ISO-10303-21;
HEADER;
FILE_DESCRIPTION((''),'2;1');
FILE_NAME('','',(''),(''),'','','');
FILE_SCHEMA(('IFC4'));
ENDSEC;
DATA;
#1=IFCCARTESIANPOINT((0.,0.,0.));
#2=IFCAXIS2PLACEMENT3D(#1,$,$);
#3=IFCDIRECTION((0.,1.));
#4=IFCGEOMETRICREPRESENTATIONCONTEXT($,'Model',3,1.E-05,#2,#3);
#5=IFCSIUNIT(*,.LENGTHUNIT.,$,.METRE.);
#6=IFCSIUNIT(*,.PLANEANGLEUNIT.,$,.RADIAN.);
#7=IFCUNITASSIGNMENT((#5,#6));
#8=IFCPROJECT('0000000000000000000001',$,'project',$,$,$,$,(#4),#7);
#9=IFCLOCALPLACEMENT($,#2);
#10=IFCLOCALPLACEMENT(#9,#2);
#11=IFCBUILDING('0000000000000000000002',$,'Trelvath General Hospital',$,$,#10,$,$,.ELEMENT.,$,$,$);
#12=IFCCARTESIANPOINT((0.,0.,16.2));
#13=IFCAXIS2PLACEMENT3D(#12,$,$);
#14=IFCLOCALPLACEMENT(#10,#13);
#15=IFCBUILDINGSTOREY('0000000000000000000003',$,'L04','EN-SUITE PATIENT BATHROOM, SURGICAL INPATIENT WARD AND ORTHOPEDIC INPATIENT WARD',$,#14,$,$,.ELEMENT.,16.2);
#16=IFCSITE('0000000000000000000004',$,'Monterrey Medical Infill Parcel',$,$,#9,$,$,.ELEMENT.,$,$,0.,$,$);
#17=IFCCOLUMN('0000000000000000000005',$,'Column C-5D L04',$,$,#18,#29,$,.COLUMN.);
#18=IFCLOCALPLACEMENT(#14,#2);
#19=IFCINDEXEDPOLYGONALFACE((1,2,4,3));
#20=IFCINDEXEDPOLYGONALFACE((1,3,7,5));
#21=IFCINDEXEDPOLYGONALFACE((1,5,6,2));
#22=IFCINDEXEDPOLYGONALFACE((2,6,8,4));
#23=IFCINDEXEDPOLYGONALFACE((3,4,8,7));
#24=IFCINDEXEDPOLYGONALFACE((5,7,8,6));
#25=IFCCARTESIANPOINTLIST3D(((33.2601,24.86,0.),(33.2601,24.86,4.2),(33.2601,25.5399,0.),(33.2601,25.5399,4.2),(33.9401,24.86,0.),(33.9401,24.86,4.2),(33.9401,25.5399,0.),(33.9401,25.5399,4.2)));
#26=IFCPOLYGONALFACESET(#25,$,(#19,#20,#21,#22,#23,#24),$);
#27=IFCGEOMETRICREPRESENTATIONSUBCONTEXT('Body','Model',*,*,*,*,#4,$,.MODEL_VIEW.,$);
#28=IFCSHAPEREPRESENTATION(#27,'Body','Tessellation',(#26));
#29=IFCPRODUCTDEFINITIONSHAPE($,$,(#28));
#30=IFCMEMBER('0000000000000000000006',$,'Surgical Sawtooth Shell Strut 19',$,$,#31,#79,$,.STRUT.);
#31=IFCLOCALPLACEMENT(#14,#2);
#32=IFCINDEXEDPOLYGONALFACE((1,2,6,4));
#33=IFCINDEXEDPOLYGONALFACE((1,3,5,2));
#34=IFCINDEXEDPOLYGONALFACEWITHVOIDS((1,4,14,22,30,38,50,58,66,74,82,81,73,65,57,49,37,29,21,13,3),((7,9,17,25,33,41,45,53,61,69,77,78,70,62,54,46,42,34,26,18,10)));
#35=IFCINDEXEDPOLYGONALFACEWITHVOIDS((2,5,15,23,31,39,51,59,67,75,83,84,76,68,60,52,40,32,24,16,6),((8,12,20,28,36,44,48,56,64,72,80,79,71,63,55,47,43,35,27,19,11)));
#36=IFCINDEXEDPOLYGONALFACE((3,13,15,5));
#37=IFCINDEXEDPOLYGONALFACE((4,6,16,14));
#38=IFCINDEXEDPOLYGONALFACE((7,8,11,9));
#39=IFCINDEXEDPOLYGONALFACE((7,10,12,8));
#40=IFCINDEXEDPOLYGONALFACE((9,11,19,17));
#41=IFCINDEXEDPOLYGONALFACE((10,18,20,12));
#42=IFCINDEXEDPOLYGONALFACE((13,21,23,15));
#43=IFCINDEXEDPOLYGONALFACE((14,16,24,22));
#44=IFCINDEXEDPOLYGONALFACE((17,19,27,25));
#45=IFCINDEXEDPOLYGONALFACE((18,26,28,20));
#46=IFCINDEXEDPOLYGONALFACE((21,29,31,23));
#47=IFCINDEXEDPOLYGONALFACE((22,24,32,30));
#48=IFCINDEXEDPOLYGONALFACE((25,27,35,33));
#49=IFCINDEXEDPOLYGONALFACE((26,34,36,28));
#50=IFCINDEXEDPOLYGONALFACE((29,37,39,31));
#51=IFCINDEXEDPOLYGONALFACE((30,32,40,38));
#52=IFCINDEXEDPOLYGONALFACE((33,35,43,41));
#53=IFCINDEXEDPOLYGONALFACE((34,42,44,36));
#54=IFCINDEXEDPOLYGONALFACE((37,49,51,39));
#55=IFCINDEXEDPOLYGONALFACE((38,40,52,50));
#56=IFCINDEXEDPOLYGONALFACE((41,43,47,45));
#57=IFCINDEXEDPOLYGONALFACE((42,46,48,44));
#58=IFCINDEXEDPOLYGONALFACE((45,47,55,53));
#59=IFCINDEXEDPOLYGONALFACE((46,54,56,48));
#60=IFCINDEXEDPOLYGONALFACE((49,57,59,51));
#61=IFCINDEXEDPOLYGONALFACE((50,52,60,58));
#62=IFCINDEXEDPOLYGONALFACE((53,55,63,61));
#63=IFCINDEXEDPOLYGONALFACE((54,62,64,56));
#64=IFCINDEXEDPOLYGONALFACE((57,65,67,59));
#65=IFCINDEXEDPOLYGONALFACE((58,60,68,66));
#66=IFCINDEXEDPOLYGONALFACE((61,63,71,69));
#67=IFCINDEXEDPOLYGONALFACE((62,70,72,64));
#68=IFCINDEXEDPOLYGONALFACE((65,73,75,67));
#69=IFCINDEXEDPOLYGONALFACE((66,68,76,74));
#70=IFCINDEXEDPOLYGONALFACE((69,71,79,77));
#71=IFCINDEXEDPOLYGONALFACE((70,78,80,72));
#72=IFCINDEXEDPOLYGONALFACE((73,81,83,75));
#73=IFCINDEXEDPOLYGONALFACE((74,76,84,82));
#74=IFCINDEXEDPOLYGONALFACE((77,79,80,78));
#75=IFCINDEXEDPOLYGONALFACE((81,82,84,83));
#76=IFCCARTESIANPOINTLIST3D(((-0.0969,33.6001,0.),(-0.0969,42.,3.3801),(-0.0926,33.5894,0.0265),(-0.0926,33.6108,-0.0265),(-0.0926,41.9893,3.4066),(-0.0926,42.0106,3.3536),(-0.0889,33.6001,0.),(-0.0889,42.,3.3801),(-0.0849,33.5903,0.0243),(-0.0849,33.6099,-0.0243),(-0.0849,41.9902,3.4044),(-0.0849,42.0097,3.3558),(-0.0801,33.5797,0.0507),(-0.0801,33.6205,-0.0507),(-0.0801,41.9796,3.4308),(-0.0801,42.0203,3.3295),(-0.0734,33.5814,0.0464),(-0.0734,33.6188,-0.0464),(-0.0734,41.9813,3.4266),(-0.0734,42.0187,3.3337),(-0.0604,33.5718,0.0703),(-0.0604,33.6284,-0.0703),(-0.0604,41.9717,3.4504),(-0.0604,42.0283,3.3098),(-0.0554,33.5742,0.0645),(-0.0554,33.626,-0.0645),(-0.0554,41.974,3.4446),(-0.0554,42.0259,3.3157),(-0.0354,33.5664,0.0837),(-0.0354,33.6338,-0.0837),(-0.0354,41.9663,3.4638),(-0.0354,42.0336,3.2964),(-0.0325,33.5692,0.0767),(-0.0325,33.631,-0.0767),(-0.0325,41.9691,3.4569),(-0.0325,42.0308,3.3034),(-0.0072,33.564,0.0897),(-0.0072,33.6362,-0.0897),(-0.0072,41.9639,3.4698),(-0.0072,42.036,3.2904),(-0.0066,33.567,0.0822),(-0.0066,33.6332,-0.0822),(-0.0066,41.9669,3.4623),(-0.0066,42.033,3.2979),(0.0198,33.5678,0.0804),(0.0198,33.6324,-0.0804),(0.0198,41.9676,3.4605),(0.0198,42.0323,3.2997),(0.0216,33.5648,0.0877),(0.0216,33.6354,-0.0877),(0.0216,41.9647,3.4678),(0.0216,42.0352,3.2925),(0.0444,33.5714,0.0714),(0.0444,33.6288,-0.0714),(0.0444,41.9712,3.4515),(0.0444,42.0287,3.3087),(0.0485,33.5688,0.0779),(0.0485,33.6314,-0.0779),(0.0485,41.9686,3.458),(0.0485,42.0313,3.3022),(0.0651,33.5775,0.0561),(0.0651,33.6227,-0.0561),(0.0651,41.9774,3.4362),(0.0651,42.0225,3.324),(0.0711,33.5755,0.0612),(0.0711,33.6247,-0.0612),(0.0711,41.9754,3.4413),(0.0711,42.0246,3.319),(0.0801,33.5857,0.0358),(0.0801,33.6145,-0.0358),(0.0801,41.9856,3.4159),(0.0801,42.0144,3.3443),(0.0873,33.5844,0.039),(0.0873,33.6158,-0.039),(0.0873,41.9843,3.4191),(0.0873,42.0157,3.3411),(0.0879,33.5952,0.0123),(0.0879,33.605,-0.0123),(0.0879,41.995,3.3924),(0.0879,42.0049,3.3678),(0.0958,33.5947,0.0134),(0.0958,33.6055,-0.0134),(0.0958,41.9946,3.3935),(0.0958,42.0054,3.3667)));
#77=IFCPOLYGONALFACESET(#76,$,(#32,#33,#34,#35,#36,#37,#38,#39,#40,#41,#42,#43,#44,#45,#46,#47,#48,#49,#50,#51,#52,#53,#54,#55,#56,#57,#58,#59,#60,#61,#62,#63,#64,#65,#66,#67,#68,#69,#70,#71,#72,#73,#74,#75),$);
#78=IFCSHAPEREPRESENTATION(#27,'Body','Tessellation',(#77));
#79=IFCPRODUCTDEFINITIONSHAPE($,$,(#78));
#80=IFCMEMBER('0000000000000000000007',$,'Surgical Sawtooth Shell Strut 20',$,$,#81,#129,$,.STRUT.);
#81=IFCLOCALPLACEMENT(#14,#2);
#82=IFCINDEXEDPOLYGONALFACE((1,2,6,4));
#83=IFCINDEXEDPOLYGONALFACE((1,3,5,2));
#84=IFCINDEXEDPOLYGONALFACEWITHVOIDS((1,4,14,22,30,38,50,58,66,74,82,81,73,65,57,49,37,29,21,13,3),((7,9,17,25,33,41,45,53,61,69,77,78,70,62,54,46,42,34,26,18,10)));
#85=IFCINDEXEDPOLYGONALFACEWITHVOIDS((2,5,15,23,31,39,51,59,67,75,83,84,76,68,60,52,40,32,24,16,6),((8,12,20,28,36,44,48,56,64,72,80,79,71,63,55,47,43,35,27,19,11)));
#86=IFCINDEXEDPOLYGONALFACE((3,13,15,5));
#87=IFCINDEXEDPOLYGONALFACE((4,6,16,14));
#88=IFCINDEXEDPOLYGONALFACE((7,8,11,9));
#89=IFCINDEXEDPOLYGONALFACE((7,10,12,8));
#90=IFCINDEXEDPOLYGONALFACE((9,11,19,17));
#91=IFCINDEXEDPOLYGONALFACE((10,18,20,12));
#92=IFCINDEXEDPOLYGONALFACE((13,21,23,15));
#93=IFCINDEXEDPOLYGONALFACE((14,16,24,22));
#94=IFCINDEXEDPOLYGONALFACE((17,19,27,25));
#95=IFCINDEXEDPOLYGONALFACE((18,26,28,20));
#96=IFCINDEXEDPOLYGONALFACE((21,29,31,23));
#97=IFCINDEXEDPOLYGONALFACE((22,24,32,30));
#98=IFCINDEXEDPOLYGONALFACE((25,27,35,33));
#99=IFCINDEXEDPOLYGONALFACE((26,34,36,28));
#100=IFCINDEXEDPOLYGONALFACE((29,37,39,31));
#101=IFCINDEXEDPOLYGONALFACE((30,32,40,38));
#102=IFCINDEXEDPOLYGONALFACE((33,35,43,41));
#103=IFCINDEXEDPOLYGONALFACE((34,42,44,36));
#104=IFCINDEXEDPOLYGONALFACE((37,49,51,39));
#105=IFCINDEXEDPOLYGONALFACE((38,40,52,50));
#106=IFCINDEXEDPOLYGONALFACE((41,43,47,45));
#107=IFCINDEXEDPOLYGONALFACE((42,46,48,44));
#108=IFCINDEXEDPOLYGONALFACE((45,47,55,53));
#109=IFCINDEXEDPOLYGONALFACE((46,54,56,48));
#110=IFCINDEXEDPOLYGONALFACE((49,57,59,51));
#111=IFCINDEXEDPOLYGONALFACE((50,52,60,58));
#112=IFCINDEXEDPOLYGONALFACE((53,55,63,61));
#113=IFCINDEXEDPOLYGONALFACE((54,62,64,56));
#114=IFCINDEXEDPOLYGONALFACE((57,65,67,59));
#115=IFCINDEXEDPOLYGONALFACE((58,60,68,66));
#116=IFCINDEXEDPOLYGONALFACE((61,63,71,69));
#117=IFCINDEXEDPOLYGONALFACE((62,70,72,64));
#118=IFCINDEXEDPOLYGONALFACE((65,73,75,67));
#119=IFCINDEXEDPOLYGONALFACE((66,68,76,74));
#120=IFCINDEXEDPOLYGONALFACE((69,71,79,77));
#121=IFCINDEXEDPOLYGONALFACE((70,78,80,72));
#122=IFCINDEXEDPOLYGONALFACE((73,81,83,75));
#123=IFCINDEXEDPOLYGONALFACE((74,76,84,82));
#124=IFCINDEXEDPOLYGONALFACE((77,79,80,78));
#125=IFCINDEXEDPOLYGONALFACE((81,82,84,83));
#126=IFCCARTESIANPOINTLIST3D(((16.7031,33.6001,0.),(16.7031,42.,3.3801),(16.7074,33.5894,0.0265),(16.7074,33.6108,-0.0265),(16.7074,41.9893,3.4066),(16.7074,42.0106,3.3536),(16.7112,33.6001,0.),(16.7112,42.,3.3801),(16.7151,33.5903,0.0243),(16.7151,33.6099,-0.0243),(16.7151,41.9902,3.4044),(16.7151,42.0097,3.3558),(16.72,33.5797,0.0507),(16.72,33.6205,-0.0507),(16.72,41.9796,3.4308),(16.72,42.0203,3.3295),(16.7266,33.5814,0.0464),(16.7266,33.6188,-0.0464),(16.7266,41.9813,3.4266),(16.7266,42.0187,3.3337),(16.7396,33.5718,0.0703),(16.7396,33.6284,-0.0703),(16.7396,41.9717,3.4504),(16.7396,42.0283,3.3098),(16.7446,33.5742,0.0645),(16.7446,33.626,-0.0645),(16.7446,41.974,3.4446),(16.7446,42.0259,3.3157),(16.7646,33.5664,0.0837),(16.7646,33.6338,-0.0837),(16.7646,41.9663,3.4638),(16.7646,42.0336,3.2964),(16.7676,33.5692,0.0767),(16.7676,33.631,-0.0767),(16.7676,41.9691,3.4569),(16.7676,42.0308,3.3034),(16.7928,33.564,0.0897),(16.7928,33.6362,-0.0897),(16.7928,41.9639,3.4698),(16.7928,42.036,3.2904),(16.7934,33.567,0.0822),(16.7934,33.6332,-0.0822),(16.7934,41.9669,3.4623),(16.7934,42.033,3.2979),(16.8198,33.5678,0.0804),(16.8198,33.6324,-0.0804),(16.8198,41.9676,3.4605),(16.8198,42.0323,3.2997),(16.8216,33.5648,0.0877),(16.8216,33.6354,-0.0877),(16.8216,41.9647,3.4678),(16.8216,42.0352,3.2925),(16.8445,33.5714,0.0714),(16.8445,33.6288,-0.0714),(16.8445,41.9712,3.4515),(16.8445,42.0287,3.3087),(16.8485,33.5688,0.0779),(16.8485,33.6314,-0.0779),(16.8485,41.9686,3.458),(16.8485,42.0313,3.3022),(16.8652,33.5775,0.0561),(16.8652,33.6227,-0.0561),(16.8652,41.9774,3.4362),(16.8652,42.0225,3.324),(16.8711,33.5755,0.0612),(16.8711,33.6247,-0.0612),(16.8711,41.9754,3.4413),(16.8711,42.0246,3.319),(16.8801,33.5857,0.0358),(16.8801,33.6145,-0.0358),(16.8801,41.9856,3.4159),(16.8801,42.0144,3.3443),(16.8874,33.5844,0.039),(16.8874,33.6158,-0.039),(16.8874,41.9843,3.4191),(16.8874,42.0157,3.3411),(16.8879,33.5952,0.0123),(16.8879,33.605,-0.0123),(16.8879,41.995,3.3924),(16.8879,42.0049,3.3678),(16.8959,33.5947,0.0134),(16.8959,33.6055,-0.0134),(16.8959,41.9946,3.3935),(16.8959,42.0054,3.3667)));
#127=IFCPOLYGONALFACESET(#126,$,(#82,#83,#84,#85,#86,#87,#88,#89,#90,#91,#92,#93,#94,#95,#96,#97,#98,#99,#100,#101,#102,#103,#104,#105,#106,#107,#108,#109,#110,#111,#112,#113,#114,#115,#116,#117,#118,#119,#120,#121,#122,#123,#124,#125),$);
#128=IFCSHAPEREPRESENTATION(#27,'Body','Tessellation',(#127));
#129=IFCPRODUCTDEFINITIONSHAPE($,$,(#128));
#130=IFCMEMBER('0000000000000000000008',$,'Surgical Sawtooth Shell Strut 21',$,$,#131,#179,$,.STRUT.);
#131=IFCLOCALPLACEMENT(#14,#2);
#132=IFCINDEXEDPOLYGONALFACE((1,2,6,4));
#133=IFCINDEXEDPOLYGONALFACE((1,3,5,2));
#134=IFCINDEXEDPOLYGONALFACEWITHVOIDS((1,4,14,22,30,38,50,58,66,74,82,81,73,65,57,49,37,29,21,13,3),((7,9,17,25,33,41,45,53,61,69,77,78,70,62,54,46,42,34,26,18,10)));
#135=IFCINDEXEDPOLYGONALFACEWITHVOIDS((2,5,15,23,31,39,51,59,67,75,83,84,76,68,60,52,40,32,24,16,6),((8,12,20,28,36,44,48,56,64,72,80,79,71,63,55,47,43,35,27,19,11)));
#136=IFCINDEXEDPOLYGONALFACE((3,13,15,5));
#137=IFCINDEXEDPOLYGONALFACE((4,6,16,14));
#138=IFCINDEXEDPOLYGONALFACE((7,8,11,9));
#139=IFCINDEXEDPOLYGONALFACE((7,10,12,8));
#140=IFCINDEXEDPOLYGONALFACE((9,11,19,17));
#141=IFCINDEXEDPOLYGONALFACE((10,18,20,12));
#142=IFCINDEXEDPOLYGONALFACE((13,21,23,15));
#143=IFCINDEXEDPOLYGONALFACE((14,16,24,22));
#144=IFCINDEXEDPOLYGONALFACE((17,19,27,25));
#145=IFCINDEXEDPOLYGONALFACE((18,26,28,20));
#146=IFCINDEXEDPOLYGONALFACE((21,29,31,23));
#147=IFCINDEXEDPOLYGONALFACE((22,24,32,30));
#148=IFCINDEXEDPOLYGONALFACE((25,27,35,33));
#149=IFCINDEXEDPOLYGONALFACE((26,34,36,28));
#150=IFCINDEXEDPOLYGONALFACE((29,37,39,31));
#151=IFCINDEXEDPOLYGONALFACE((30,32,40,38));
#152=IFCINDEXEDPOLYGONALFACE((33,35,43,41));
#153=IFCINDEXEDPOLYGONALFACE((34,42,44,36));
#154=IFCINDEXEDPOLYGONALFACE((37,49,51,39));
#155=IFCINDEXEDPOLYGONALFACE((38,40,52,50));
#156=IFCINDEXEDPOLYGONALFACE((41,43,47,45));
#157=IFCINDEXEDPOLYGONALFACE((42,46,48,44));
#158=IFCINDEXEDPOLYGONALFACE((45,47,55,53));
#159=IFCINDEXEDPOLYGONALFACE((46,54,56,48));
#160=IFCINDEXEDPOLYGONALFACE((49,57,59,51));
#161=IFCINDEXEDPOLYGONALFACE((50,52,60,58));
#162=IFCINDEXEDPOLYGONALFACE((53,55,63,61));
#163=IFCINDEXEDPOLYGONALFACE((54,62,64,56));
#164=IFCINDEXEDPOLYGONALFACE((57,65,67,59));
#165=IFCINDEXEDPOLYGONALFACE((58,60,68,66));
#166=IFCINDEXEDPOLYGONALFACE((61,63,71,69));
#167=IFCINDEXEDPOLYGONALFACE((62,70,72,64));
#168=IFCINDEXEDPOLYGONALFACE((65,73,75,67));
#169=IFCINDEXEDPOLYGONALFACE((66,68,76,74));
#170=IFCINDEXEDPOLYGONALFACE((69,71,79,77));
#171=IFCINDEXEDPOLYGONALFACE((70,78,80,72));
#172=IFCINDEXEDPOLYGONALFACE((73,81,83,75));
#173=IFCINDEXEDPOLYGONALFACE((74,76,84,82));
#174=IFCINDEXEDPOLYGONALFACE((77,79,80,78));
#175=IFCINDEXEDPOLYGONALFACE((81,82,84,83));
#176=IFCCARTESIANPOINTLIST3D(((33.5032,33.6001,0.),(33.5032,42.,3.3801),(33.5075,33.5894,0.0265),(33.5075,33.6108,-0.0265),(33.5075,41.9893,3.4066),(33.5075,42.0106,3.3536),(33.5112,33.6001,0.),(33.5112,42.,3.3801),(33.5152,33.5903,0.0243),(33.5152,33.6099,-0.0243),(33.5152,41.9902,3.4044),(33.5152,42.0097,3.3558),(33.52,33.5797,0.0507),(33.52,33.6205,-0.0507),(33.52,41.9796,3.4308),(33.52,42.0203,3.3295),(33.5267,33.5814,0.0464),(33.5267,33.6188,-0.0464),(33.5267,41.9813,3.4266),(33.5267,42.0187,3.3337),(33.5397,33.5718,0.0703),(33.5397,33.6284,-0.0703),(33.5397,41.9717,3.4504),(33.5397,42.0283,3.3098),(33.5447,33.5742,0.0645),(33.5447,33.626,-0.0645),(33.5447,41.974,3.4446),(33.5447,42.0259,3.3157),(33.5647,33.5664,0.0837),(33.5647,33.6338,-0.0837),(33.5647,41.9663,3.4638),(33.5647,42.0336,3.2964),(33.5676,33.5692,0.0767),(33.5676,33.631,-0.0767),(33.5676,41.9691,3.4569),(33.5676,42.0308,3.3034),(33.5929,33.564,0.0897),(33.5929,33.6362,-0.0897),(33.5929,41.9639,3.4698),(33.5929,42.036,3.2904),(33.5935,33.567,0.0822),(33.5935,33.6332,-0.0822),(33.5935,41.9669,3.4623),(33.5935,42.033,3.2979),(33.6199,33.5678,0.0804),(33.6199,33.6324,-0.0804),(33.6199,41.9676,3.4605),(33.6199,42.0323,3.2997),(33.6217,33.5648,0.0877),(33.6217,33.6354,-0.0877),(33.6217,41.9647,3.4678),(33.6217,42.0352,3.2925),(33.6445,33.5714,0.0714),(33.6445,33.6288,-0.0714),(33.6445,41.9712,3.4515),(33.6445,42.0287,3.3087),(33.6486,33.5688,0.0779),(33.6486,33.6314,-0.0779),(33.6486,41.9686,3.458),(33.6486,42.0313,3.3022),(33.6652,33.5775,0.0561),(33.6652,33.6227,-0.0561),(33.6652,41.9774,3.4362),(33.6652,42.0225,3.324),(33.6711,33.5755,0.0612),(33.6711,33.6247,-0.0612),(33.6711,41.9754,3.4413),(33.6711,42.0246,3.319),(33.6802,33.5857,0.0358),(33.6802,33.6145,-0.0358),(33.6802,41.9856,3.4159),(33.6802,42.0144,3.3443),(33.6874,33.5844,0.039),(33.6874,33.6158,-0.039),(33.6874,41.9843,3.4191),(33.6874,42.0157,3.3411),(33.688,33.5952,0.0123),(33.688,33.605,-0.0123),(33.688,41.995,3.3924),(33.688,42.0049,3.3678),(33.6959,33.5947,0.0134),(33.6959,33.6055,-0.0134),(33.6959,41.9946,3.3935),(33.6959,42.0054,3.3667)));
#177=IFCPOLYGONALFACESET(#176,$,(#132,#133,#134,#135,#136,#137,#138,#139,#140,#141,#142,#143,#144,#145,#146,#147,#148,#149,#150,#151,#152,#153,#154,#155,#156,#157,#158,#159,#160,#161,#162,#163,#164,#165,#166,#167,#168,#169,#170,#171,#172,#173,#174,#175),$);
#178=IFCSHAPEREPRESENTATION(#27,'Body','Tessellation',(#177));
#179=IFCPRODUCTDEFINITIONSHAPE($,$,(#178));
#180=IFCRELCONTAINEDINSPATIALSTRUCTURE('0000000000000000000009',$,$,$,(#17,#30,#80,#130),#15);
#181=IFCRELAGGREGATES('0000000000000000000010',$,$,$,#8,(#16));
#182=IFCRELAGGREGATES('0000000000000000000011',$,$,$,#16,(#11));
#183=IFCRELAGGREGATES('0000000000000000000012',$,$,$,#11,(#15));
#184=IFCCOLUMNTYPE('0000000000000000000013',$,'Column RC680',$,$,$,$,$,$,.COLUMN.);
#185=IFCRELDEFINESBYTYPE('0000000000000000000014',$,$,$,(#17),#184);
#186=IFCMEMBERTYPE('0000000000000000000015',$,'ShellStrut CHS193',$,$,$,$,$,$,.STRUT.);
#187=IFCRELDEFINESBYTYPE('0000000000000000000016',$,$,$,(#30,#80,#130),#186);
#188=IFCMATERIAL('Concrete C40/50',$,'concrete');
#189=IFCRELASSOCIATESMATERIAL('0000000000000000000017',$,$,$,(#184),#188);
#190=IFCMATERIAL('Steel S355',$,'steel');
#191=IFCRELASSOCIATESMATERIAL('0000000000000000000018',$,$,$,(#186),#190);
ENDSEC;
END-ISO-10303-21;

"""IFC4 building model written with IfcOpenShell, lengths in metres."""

from ifc_helpers import new_model, si_unit, direction, frame, origin, origin_2d, place, context, subcontext, project, spatial, rectangle, hollow_circle, extrude, material, material_profile, profile_set, type_object, element, save


model = new_model("IFC4")

# Units and contexts
model_context = context("Model", 3, precision=1e-05, world=origin(), true_north=direction((0.0, 1.0)))
body_context = subcontext(model_context, "Body", "Model", "MODEL_VIEW")
ifc_project = project(units=[si_unit("LENGTHUNIT", "METRE"), si_unit("PLANEANGLEUNIT", "RADIAN")], contexts=[model_context])

# Site, building, storey
site_placement = place(None, origin())
site = spatial("IfcSite", under=ifc_project, at=site_placement, Name="Monterrey Medical Infill Parcel", CompositionType="ELEMENT", RefElevation=0.0)
building_placement = place(site_placement, origin())
building = spatial("IfcBuilding", under=site, at=building_placement, Name="Trelvath General Hospital", CompositionType="ELEMENT")
storey_placement = place(building_placement, frame((0.0, 0.0, 16.2)))
storey = spatial("IfcBuildingStorey", under=building, at=storey_placement, Name="L04", Description="EN-SUITE PATIENT BATHROOM, SURGICAL INPATIENT WARD AND ORTHOPEDIC INPATIENT WARD", CompositionType="ELEMENT", Elevation=16.2)

# Column
ifc_material_1 = material(Name="Concrete C40/50", Category="concrete")
ifc_material_profile_1 = material_profile(ifc_material_1, rectangle(XDim=0.6799, YDim=0.6799, at=origin_2d()), Name="RC680x680")
ifc_profile_set_1 = profile_set([ifc_material_profile_1], Name="Concrete C40/50")
column_type = type_object("IfcColumnType", Name="Column RC680", PredefinedType="COLUMN", material=ifc_profile_set_1)
column_placement = place(storey_placement, frame((33.6001, 25.2, 0.0), z_axis=(0.0, 0.0, 1.0), x_axis=(1.0, 0.0, 0.0)))
element("IfcColumn", 1, at=column_placement, inside=storey, type_object=column_type, Name="Column C-5D L04", PredefinedType="COLUMN", context=body_context, shape_type="SweptSolid", body=[
    extrude(rectangle(XDim=0.6799, YDim=0.6799, at=origin_2d()), origin(), (0.0, 0.0, 1.0), 4.2),
])

# Members
ifc_material_2 = material(Name="Steel S355", Category="steel")
ifc_material_profile_2 = material_profile(ifc_material_2, hollow_circle(Radius=0.0969, WallThickness=0.0081, at=origin_2d()), Name="CHS193.7x8.0")
ifc_profile_set_2 = profile_set([ifc_material_profile_2], Name="Steel S355")
member_type = type_object("IfcMemberType", Name="ShellStrut CHS193", PredefinedType="STRUT", material=ifc_profile_set_2)
for number, where, z_axis, x_axis, name in (
    (2, (0.0, 33.6001, 0.0), (0.0, 0.927707, 0.37331), (-1.0, 0.0, 0.0), "Surgical Sawtooth Shell Strut 19"),
    (3, (16.8, 33.6001, 0.0), (0.0, 0.927707, 0.37331), (-1.0, 0.0, 0.0), "Surgical Sawtooth Shell Strut 20"),
    (4, (33.6001, 33.6001, 0.0), (0.0, 0.927707, 0.37331), (-1.0, 0.0, 0.0), "Surgical Sawtooth Shell Strut 21"),
):
    element("IfcMember", number, at=place(storey_placement, frame(where, z_axis=z_axis, x_axis=x_axis)), inside=storey, type_object=member_type, Name=name, PredefinedType="STRUT", context=body_context, shape_type="SweptSolid", body=[
        extrude(hollow_circle(Radius=0.0969, WallThickness=0.0081, at=origin_2d()), origin(), (0.0, 0.0, 1.0), 9.0544),
    ])

save(model, "model.ifc")
